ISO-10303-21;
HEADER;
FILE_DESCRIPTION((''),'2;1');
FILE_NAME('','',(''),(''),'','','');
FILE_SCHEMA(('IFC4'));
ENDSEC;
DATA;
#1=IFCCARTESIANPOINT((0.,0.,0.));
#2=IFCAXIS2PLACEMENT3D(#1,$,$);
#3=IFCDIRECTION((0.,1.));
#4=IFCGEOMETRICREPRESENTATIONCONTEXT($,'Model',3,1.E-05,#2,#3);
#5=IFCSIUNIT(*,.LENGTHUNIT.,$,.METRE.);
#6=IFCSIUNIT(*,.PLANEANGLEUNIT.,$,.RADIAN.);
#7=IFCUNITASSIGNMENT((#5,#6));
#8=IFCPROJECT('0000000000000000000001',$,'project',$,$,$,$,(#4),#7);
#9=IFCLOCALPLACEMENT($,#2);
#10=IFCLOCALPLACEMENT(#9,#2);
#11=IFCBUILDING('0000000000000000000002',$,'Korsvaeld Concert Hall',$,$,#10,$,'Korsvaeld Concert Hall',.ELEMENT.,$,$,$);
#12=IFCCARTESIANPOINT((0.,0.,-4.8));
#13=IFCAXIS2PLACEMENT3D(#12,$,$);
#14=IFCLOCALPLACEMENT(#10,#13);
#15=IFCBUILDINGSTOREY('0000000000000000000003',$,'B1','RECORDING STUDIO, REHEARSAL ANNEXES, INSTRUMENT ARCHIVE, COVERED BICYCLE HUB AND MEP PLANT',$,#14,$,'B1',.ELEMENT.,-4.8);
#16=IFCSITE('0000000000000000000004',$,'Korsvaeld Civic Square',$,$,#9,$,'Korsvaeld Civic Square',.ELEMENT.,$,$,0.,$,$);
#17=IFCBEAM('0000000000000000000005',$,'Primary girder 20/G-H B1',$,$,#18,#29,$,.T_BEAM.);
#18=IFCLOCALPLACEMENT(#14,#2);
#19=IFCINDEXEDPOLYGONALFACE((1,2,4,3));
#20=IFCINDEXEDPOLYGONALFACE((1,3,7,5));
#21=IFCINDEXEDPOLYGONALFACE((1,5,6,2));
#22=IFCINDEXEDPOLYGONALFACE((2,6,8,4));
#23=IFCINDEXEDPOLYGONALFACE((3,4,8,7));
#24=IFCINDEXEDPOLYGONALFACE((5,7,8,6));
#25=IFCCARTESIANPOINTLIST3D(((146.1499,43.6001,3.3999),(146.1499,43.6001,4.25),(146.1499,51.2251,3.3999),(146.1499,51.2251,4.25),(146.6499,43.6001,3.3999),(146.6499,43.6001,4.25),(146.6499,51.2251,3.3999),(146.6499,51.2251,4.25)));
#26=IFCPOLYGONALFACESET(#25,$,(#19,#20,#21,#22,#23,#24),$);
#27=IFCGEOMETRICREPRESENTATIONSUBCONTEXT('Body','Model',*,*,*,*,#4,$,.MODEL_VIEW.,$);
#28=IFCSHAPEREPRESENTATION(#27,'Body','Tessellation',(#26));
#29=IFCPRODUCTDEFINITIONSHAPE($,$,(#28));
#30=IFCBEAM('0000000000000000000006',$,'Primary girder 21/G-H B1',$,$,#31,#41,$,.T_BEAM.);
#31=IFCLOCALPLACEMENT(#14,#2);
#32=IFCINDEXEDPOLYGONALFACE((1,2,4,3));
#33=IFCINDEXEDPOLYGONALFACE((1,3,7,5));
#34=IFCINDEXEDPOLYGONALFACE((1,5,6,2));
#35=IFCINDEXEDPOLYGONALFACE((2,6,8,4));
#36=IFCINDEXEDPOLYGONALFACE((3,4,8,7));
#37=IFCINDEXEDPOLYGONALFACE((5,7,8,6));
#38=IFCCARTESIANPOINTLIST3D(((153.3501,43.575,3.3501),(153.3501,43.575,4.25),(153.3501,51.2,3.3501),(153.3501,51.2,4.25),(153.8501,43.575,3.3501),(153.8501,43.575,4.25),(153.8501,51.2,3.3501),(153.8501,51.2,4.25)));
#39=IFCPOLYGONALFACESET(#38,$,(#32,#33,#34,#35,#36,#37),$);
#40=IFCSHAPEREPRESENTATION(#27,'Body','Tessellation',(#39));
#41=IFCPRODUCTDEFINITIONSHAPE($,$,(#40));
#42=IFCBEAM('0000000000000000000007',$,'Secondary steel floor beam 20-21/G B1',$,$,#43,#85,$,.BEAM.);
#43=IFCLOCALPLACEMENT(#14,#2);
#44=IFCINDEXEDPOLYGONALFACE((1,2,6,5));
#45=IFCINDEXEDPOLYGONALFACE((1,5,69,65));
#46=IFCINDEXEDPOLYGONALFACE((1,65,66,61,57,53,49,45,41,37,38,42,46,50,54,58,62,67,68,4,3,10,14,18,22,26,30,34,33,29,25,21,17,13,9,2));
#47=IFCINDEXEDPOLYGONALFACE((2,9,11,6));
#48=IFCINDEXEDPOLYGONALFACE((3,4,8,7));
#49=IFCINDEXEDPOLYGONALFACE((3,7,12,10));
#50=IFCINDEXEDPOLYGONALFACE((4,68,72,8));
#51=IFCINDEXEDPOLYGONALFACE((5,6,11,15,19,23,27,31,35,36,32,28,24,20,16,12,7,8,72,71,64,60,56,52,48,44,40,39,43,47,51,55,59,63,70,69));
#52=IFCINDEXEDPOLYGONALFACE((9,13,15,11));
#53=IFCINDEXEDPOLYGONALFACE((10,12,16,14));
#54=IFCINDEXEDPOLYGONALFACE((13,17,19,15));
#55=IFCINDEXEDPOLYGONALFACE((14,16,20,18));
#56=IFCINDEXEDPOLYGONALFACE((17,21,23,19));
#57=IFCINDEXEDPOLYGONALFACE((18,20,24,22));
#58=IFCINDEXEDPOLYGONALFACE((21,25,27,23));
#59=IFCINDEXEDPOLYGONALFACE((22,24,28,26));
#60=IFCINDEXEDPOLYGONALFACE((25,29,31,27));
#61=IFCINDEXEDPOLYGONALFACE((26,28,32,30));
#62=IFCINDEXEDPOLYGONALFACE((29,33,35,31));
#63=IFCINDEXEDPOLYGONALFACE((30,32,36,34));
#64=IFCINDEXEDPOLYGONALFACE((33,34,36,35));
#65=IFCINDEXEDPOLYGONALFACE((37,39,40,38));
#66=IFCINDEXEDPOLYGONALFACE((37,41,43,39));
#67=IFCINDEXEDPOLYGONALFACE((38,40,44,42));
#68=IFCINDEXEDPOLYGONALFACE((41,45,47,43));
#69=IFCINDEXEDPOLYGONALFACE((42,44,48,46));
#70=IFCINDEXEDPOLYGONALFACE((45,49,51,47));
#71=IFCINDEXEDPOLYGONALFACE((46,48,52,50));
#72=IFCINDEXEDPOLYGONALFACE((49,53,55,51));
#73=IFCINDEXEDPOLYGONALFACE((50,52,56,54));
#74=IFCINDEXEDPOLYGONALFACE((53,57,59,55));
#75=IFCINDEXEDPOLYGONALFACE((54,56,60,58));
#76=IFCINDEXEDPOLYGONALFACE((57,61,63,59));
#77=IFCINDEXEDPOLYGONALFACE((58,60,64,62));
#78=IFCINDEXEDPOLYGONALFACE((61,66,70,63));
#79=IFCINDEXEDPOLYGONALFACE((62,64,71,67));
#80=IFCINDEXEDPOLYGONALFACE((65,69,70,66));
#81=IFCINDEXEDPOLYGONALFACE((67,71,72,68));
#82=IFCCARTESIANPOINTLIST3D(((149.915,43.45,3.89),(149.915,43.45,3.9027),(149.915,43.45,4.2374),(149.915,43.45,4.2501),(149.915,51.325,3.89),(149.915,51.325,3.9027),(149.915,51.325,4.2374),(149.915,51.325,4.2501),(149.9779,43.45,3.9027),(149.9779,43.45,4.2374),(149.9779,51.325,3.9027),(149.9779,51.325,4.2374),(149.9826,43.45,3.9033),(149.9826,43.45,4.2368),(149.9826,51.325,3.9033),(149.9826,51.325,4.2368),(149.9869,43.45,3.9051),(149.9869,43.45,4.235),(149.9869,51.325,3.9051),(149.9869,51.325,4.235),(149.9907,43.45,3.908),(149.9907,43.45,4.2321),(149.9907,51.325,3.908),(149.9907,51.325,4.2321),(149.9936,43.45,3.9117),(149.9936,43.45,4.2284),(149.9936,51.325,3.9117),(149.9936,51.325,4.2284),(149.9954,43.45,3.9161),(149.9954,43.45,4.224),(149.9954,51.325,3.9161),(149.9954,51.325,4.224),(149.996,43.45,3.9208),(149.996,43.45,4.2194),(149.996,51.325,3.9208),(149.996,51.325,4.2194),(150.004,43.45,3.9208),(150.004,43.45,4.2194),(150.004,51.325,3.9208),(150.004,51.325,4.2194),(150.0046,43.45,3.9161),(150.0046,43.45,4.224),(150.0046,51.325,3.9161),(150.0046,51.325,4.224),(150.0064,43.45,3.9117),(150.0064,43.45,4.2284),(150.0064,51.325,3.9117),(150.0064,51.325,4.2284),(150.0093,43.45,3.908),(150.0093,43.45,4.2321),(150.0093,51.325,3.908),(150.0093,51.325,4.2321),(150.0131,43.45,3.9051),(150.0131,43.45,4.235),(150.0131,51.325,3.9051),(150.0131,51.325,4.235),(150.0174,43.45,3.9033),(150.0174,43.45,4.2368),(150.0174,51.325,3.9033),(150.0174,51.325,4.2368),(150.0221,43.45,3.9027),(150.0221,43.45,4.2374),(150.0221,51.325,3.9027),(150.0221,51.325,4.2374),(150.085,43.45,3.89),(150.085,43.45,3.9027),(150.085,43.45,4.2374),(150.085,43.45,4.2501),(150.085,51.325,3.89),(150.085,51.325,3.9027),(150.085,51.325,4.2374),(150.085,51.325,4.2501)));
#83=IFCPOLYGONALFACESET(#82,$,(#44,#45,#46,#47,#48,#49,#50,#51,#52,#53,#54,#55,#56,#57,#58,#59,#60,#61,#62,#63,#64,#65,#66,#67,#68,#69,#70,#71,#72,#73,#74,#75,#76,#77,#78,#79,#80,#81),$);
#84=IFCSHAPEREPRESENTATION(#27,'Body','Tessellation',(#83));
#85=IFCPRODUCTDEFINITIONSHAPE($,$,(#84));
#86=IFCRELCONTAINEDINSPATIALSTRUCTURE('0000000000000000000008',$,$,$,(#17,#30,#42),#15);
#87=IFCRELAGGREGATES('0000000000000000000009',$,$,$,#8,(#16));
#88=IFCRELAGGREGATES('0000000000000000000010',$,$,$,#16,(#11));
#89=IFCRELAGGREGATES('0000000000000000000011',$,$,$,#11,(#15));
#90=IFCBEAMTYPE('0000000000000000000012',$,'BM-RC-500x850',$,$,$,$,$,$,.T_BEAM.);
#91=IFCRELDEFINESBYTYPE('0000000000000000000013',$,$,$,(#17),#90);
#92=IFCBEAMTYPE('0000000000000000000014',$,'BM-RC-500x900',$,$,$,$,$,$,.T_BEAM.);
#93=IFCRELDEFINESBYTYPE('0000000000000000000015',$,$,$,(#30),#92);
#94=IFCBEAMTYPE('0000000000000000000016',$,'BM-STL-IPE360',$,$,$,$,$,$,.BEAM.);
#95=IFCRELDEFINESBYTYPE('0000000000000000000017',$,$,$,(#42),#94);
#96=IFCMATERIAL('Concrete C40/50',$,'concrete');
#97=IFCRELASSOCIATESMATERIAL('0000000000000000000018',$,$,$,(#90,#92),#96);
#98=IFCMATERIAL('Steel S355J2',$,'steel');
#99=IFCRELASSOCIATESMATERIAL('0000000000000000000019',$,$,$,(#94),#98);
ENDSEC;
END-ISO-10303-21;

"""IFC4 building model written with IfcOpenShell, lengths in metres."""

from ifc_helpers import new_model, si_unit, direction, frame, origin, origin_2d, place, context, subcontext, project, spatial, rectangle, i_section, extrude, material, material_profile, profile_set, type_object, element, save


model = new_model("IFC4")

# Units and contexts
model_context = context("Model", 3, precision=1e-05, world=origin(), true_north=direction((0.0, 1.0)))
body_context = subcontext(model_context, "Body", "Model", "MODEL_VIEW")
ifc_project = project(units=[si_unit("LENGTHUNIT", "METRE"), si_unit("PLANEANGLEUNIT", "RADIAN")], contexts=[model_context])

# Site, building, storey
site_placement = place(None, origin())
site = spatial("IfcSite", under=ifc_project, at=site_placement, Name="Korsvaeld Civic Square", LongName="Korsvaeld Civic Square", CompositionType="ELEMENT", RefElevation=0.0)
building_placement = place(site_placement, origin())
building = spatial("IfcBuilding", under=site, at=building_placement, Name="Korsvaeld Concert Hall", LongName="Korsvaeld Concert Hall", CompositionType="ELEMENT")
storey_placement = place(building_placement, frame((0.0, 0.0, -4.8)))
storey = spatial("IfcBuildingStorey", under=building, at=storey_placement, Name="B1", Description="RECORDING STUDIO, REHEARSAL ANNEXES, INSTRUMENT ARCHIVE, COVERED BICYCLE HUB AND MEP PLANT", LongName="B1", CompositionType="ELEMENT", Elevation=-4.8)

# Shared definitions
ifc_material_1 = material(Name="Concrete C40/50", Category="concrete")

# Beams
ifc_material_profile_1 = material_profile(ifc_material_1, rectangle(XDim=0.5, YDim=0.8501, at=origin_2d()), Name="RC 500x850")
ifc_profile_set_1 = profile_set([ifc_material_profile_1], Name="Concrete C40/50")
beam_type_1 = type_object("IfcBeamType", Name="BM-RC-500x850", PredefinedType="T_BEAM", material=ifc_profile_set_1)
beam_1_placement = place(storey_placement, frame((146.3999, 43.6001, 3.825), z_axis=(0.0, 1.0, 0.0), x_axis=(-1.0, 0.0, 0.0)))
element("IfcBeam", 1, at=beam_1_placement, inside=storey, type_object=beam_type_1, Name="Primary girder 20/G-H B1", PredefinedType="T_BEAM", context=body_context, shape_type="SweptSolid", body=[
    extrude(rectangle(XDim=0.5, YDim=0.8501, at=origin_2d()), origin(), (0.0, 0.0, 1.0), 7.625),
])
ifc_material_profile_2 = material_profile(ifc_material_1, rectangle(XDim=0.5, YDim=0.8999, at=origin_2d()), Name="RC 500x900")
ifc_profile_set_2 = profile_set([ifc_material_profile_2], Name="Concrete C40/50")
beam_type_2 = type_object("IfcBeamType", Name="BM-RC-500x900", PredefinedType="T_BEAM", material=ifc_profile_set_2)
beam_2_placement = place(storey_placement, frame((153.6001, 43.575, 3.8), z_axis=(0.0, 1.0, 0.0), x_axis=(-1.0, 0.0, 0.0)))
element("IfcBeam", 2, at=beam_2_placement, inside=storey, type_object=beam_type_2, Name="Primary girder 21/G-H B1", PredefinedType="T_BEAM", context=body_context, shape_type="SweptSolid", body=[
    extrude(rectangle(XDim=0.5, YDim=0.8999, at=origin_2d()), origin(), (0.0, 0.0, 1.0), 7.625),
])
ifc_material_2 = material(Name="Steel S355J2", Category="steel")
ifc_material_profile_3 = material_profile(ifc_material_2, i_section(OverallWidth=0.1699, OverallDepth=0.3601, WebThickness=0.0081, FlangeThickness=0.0127, FilletRadius=0.0181, at=origin_2d()), Name="IPE 360")
ifc_profile_set_3 = profile_set([ifc_material_profile_3], Name="Steel S355J2")
beam_type_3 = type_object("IfcBeamType", Name="BM-STL-IPE360", PredefinedType="BEAM", material=ifc_profile_set_3)
beam_3_placement = place(storey_placement, frame((150.0, 43.45, 4.0701), z_axis=(0.0, 1.0, 0.0), x_axis=(-1.0, 0.0, 0.0)))
element("IfcBeam", 3, at=beam_3_placement, inside=storey, type_object=beam_type_3, Name="Secondary steel floor beam 20-21/G B1", PredefinedType="BEAM", context=body_context, shape_type="SweptSolid", body=[
    extrude(i_section(OverallWidth=0.1699, OverallDepth=0.3601, WebThickness=0.0081, FlangeThickness=0.0127, FilletRadius=0.0181, at=origin_2d()), origin(), (0.0, 0.0, 1.0), 7.875),
])

save(model, "model.ifc")
